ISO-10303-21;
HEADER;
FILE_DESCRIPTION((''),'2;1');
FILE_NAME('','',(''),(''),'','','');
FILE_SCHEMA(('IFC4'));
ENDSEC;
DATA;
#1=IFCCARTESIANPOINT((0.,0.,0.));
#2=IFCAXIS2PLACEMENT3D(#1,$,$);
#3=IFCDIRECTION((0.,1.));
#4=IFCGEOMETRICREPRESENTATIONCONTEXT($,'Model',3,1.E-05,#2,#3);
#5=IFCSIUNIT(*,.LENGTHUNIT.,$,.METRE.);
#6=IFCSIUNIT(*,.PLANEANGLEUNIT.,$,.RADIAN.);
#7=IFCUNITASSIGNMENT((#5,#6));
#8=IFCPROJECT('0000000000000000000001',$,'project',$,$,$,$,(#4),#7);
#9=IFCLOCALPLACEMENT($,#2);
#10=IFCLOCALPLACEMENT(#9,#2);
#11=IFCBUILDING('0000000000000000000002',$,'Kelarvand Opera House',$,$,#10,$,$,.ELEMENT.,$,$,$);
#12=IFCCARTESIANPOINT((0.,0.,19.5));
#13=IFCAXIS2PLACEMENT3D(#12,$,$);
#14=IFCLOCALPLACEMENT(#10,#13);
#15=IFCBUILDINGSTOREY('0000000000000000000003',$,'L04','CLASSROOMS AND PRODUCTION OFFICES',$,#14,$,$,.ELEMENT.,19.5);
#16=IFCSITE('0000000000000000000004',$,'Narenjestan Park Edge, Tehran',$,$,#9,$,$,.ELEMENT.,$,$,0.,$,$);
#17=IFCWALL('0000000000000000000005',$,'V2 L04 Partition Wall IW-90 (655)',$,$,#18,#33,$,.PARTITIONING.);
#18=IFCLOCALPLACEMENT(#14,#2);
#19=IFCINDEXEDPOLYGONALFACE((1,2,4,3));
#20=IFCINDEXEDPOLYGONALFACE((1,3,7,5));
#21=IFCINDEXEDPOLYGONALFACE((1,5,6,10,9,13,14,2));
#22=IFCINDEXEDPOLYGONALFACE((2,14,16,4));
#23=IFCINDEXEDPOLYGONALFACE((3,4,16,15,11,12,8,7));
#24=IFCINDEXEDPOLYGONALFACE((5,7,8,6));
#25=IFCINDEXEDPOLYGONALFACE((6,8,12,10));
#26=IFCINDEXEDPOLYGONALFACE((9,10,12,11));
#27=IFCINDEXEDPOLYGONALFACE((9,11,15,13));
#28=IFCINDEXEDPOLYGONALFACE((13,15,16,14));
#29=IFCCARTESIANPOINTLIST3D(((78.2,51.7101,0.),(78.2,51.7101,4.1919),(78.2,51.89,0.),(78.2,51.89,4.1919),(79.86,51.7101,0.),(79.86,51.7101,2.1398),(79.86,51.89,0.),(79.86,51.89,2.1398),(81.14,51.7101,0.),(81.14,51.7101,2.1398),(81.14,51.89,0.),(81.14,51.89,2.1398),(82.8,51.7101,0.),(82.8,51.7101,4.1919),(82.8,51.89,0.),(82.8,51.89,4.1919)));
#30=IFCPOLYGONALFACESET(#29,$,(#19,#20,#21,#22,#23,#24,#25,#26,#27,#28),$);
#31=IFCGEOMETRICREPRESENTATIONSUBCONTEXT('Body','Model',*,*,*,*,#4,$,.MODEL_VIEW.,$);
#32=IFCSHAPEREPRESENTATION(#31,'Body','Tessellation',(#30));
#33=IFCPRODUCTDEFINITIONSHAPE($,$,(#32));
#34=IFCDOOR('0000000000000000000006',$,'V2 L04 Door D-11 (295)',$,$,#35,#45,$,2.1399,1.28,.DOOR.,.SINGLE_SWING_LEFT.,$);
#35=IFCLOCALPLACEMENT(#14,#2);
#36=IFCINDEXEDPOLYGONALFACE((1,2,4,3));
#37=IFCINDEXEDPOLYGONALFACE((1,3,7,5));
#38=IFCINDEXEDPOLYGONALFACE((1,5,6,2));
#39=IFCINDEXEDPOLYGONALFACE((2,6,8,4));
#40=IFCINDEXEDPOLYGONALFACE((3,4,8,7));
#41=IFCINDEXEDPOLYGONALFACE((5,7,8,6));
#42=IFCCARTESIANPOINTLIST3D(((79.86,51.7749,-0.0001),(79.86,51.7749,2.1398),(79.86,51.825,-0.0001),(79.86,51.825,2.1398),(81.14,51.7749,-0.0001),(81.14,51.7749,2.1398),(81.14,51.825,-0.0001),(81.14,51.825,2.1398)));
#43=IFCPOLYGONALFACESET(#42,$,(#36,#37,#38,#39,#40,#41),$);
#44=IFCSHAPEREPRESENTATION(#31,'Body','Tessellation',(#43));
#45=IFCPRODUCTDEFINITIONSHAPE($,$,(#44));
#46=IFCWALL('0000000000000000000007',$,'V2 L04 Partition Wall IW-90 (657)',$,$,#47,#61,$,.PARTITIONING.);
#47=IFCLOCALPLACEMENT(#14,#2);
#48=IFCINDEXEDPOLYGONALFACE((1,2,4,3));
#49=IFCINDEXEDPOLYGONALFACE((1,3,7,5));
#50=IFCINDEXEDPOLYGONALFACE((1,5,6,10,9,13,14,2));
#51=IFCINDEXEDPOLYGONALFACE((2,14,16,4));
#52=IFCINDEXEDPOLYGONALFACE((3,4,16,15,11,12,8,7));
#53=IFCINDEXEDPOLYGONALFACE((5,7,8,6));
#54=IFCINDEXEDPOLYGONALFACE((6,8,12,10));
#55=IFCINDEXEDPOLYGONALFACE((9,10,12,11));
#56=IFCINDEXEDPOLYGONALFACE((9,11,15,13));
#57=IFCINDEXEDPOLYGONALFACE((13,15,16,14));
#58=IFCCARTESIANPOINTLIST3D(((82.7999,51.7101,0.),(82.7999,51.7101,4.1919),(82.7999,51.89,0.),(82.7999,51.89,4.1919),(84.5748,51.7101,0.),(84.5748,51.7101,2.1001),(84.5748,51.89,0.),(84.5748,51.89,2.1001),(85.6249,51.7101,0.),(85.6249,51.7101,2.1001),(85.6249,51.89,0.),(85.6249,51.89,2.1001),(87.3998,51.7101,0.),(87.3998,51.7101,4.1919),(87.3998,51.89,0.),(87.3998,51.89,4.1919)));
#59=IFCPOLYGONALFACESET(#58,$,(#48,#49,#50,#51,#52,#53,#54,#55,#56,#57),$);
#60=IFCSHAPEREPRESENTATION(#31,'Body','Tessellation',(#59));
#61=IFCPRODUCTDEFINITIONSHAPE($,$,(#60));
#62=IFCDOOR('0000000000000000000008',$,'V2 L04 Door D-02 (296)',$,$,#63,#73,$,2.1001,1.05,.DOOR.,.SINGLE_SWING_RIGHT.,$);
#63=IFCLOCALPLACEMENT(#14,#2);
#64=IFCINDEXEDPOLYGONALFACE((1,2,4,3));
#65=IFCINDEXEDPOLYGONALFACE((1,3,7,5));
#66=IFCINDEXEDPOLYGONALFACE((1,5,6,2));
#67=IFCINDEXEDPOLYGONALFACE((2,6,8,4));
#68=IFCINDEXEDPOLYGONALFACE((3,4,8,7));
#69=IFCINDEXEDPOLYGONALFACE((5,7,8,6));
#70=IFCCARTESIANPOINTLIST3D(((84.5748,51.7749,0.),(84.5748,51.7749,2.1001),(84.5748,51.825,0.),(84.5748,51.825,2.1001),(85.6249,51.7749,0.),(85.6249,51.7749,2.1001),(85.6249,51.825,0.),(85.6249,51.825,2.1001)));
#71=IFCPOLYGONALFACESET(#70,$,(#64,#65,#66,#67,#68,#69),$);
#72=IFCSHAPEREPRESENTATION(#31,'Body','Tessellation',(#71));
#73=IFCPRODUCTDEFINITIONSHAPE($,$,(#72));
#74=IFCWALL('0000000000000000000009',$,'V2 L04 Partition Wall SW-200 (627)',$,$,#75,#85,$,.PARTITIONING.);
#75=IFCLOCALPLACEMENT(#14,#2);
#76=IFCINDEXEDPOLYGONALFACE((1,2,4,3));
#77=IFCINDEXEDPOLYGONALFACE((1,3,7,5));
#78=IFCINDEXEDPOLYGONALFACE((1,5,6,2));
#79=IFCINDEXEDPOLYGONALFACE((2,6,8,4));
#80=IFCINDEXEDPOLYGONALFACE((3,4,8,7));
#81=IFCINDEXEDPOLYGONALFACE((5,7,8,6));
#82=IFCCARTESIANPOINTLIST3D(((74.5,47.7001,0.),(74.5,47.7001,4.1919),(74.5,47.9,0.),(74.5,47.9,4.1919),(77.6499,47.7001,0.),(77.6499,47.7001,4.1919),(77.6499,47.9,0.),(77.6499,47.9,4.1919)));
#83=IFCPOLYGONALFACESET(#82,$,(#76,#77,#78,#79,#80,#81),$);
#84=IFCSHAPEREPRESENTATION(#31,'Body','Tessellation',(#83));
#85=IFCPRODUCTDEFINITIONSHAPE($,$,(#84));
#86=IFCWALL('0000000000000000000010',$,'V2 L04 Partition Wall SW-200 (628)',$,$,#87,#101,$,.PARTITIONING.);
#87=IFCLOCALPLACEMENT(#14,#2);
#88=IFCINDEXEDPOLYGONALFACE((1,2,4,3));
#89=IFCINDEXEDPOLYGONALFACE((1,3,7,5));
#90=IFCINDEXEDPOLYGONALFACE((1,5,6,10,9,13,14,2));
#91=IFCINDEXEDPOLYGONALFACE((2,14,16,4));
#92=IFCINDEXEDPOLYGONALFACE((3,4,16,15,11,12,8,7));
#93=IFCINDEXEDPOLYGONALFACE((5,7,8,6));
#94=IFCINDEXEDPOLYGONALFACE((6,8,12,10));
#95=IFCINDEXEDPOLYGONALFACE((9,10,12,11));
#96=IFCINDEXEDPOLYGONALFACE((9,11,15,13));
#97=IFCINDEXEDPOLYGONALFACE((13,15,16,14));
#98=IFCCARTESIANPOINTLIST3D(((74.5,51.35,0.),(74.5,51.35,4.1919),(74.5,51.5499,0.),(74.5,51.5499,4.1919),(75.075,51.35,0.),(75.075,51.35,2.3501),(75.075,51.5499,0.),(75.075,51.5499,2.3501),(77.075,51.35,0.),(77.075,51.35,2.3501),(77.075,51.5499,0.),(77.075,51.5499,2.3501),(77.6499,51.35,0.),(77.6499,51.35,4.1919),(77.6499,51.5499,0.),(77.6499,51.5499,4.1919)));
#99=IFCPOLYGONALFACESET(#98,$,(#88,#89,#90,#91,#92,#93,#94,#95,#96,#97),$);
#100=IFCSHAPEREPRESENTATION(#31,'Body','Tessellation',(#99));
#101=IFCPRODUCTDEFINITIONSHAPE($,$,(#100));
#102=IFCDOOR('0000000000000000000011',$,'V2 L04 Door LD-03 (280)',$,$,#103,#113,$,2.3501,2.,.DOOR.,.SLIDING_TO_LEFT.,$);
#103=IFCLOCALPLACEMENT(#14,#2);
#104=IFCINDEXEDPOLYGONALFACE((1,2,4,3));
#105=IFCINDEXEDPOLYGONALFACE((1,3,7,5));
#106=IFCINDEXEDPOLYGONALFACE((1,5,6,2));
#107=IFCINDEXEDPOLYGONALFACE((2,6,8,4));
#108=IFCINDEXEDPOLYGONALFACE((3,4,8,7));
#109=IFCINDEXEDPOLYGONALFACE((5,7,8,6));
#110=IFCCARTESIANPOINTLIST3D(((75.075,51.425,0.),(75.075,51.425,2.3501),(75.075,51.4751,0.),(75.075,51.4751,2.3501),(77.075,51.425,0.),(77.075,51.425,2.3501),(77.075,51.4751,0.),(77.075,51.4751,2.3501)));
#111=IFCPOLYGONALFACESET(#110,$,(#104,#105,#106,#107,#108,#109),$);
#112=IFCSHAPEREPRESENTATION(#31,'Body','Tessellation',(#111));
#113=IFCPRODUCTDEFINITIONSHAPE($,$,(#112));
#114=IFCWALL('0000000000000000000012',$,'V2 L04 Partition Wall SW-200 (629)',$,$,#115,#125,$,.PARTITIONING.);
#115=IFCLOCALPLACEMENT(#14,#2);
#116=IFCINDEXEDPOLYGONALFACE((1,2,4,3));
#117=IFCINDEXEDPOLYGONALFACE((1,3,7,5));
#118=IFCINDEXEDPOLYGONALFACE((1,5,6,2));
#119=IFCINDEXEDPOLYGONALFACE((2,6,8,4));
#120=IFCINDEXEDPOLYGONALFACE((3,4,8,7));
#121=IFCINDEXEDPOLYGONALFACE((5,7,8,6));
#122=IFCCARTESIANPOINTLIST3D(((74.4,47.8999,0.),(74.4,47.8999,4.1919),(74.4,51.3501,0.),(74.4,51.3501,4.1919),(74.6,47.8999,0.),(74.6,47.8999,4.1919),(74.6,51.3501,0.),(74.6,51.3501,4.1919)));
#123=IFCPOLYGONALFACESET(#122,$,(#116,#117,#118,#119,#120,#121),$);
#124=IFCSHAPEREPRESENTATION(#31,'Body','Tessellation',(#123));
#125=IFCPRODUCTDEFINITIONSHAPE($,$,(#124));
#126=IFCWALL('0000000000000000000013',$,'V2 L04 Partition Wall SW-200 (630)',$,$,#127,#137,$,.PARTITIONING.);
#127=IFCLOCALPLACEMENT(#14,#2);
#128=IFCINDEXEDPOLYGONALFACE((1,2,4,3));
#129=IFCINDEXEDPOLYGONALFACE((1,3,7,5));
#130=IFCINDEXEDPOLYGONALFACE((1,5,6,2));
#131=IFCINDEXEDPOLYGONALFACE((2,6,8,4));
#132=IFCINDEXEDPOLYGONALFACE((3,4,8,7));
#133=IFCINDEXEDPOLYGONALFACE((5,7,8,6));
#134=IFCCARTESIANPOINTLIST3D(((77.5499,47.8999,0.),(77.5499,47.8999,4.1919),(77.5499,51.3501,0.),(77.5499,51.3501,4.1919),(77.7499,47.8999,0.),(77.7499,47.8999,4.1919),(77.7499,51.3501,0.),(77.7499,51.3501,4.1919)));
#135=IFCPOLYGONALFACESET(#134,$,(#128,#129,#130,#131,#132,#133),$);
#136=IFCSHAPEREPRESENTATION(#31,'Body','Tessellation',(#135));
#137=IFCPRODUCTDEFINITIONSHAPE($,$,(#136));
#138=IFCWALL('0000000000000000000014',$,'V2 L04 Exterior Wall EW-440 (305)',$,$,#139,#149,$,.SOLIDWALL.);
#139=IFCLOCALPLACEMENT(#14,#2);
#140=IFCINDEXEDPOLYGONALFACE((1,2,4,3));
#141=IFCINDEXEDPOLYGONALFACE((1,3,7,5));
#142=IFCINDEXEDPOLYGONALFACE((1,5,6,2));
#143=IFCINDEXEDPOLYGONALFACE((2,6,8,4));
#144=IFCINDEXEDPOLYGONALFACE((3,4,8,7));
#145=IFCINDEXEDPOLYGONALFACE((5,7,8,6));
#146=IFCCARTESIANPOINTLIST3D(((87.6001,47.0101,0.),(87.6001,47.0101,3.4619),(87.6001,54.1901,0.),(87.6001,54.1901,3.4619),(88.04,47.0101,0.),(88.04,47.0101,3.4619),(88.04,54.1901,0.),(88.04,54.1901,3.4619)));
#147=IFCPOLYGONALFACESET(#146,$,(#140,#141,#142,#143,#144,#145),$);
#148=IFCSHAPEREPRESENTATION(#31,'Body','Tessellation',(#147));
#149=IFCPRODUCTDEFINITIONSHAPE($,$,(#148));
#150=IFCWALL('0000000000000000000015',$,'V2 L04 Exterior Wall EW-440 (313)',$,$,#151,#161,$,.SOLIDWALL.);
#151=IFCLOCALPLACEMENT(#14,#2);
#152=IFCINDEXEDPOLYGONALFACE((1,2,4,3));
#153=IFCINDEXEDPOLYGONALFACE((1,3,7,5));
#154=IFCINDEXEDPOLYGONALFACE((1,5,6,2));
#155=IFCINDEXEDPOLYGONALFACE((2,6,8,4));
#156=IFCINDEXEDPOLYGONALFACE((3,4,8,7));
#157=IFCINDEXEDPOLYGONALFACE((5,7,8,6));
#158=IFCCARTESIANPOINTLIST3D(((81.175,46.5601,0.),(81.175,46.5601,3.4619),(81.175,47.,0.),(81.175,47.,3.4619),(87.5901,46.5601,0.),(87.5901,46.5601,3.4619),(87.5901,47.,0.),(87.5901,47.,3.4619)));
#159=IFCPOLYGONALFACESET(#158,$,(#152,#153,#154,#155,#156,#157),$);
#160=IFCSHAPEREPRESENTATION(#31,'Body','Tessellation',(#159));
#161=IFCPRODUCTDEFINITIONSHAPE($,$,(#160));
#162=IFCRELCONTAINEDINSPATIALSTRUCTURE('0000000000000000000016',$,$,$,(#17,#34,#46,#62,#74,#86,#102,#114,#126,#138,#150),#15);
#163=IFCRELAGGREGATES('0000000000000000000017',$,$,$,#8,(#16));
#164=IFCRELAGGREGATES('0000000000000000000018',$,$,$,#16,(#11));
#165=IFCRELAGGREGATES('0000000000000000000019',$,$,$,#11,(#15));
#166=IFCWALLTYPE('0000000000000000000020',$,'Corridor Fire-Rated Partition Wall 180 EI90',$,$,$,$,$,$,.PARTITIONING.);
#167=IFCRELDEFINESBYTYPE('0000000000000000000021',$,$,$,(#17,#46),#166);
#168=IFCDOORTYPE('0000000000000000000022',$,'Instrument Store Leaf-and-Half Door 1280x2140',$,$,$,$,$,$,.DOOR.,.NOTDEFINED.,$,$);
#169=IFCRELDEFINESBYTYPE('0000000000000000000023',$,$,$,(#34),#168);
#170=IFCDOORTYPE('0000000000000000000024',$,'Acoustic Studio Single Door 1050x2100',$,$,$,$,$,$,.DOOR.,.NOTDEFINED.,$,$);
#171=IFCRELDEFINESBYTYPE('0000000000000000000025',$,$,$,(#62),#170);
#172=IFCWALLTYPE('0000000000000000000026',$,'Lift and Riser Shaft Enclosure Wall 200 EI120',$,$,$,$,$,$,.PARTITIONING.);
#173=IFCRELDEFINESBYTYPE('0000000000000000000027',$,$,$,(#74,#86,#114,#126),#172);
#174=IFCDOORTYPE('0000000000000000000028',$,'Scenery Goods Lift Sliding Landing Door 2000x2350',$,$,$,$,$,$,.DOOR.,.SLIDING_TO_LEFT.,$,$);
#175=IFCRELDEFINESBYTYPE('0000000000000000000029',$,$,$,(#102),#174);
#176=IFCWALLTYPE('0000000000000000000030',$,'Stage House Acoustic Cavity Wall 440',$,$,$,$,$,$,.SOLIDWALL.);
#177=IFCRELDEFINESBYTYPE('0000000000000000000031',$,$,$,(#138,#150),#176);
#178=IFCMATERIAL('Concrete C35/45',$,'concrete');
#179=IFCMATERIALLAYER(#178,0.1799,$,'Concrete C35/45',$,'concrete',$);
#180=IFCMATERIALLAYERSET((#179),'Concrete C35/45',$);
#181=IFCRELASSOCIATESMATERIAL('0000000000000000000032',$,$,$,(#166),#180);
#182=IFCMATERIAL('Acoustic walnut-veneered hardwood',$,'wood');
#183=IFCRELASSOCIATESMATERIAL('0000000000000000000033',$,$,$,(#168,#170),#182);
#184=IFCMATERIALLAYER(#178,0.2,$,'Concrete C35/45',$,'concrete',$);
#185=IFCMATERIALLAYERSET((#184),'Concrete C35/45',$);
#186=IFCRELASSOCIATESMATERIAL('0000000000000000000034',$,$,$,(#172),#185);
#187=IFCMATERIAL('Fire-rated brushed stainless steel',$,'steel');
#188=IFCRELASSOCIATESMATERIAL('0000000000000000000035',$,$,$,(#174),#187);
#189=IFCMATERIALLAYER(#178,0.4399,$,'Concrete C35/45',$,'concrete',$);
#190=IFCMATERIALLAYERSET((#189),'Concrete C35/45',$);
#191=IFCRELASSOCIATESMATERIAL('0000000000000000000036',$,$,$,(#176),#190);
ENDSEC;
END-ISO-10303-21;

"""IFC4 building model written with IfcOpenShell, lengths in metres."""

from ifc_helpers import new_model, si_unit, direction, frame, frame_2d, origin, place, context, subcontext, project, spatial, rectangle, extrude, material, layer, layer_set, type_object, element, fill, save


model = new_model("IFC4")

# Units and contexts
model_context = context("Model", 3, precision=1e-05, world=origin(), true_north=direction((0.0, 1.0)))
body_context = subcontext(model_context, "Body", "Model", "MODEL_VIEW")
ifc_project = project(units=[si_unit("LENGTHUNIT", "METRE"), si_unit("PLANEANGLEUNIT", "RADIAN")], contexts=[model_context])

# Site, building, storey
site_placement = place(None, origin())
site = spatial("IfcSite", under=ifc_project, at=site_placement, Name="Narenjestan Park Edge, Tehran", CompositionType="ELEMENT", RefElevation=0.0)
building_placement = place(site_placement, origin())
building = spatial("IfcBuilding", under=site, at=building_placement, Name="Kelarvand Opera House", CompositionType="ELEMENT")
storey_placement = place(building_placement, frame((0.0, 0.0, 19.5)))
storey = spatial("IfcBuildingStorey", under=building, at=storey_placement, Name="L04", Description="CLASSROOMS AND PRODUCTION OFFICES", CompositionType="ELEMENT", Elevation=19.5)

# Walls, openings, doors
ifc_material_1 = material(Name="Concrete C35/45", Category="concrete")
ifc_layer_1 = layer(ifc_material_1, 0.1799, Name="Concrete C35/45", Category="concrete")
ifc_layer_set_1 = layer_set([ifc_layer_1], Name="Concrete C35/45")
wall_type_1 = type_object("IfcWallType", Name="Corridor Fire-Rated Partition Wall 180 EI90", PredefinedType="PARTITIONING", material=ifc_layer_set_1)
wall_1_placement = place(storey_placement, frame((78.2, 51.8, 0.0), z_axis=(0.0, 0.0, 1.0), x_axis=(1.0, 0.0, 0.0)))
wall_1 = element("IfcWall", 1, at=wall_1_placement, inside=storey, type_object=wall_type_1, Name="V2 L04 Partition Wall IW-90 (655)", PredefinedType="PARTITIONING", context=body_context, shape_type="SweptSolid", body=[
    extrude(rectangle(XDim=4.6001, YDim=0.1799, at=frame_2d((2.3, 0.0))), origin(), (0.0, 0.0, 1.0), 4.1919),
])
opening_1_placement = place(wall_1_placement, frame((1.6599, 0.0, 0.0)))
opening_1 = element("IfcOpeningElement", 2, at=opening_1_placement, cuts=wall_1, PredefinedType="OPENING", context=body_context, shape_type="SweptSolid", body=[
    extrude(rectangle(XDim=1.28, YDim=2.1399, at=frame_2d((0.6401, 1.0698))), frame((0.0, 0.1001, 0.0), z_axis=(0.0, -1.0, 0.0), x_axis=(1.0, 0.0, 0.0)), (0.0, 0.0, 1.0), 0.2),
])
ifc_material_2 = material(Name="Acoustic walnut-veneered hardwood", Category="wood")
door_type_1 = type_object("IfcDoorType", Name="Instrument Store Leaf-and-Half Door 1280x2140", OperationType="NOTDEFINED", PredefinedType="DOOR", material=ifc_material_2)
door_1_placement = place(opening_1_placement, origin())
door_1 = element("IfcDoor", 3, at=door_1_placement, inside=storey, type_object=door_type_1, Name="V2 L04 Door D-11 (295)", OperationType="SINGLE_SWING_LEFT", OverallHeight=2.1399, OverallWidth=1.28, PredefinedType="DOOR", context=body_context, shape_type="SweptSolid", body=[
    extrude(rectangle(XDim=1.28, YDim=2.1399, at=frame_2d((0.6401, 1.0698))), frame((0.0, 0.0249, 0.0), z_axis=(0.0, -1.0, 0.0), x_axis=(1.0, 0.0, 0.0)), (0.0, 0.0, 1.0), 0.05),
])
fill(opening_1, door_1)
wall_2_placement = place(storey_placement, frame((82.8, 51.8, 0.0), z_axis=(0.0, 0.0, 1.0), x_axis=(1.0, 0.0, 0.0)))
wall_2 = element("IfcWall", 4, at=wall_2_placement, inside=storey, type_object=wall_type_1, Name="V2 L04 Partition Wall IW-90 (657)", PredefinedType="PARTITIONING", context=body_context, shape_type="SweptSolid", body=[
    extrude(rectangle(XDim=4.5999, YDim=0.1799, at=frame_2d((2.2998, 0.0))), origin(), (0.0, 0.0, 1.0), 4.1919),
])
opening_2_placement = place(wall_2_placement, frame((1.7749, 0.0, 0.0)))
opening_2 = element("IfcOpeningElement", 5, at=opening_2_placement, cuts=wall_2, PredefinedType="OPENING", context=body_context, shape_type="SweptSolid", body=[
    extrude(rectangle(XDim=1.05, YDim=2.1001, at=frame_2d((0.5249, 1.05))), frame((0.0, 0.1001, 0.0), z_axis=(0.0, -1.0, 0.0), x_axis=(1.0, 0.0, 0.0)), (0.0, 0.0, 1.0), 0.2),
])
door_type_2 = type_object("IfcDoorType", Name="Acoustic Studio Single Door 1050x2100", OperationType="NOTDEFINED", PredefinedType="DOOR", material=ifc_material_2)
door_2_placement = place(opening_2_placement, origin())
door_2 = element("IfcDoor", 6, at=door_2_placement, inside=storey, type_object=door_type_2, Name="V2 L04 Door D-02 (296)", OperationType="SINGLE_SWING_RIGHT", OverallHeight=2.1001, OverallWidth=1.05, PredefinedType="DOOR", context=body_context, shape_type="SweptSolid", body=[
    extrude(rectangle(XDim=1.05, YDim=2.1001, at=frame_2d((0.5249, 1.05))), frame((0.0, 0.0249, 0.0), z_axis=(0.0, -1.0, 0.0), x_axis=(1.0, 0.0, 0.0)), (0.0, 0.0, 1.0), 0.05),
])
fill(opening_2, door_2)

# Wall
ifc_layer_2 = layer(ifc_material_1, 0.2, Name="Concrete C35/45", Category="concrete")
ifc_layer_set_2 = layer_set([ifc_layer_2], Name="Concrete C35/45")
wall_type_2 = type_object("IfcWallType", Name="Lift and Riser Shaft Enclosure Wall 200 EI120", PredefinedType="PARTITIONING", material=ifc_layer_set_2)
wall_3_placement = place(storey_placement, frame((74.5, 47.8, 0.0), z_axis=(0.0, 0.0, 1.0), x_axis=(1.0, 0.0, 0.0)))
element("IfcWall", 7, at=wall_3_placement, inside=storey, type_object=wall_type_2, Name="V2 L04 Partition Wall SW-200 (627)", PredefinedType="PARTITIONING", context=body_context, shape_type="SweptSolid", body=[
    extrude(rectangle(XDim=3.1499, YDim=0.2, at=frame_2d((1.575, 0.0))), origin(), (0.0, 0.0, 1.0), 4.1919),
])

# Wall, opening, door
wall_4_placement = place(storey_placement, frame((77.6499, 51.45, 0.0), z_axis=(0.0, 0.0, 1.0), x_axis=(-1.0, 0.0, 0.0)))
wall_4 = element("IfcWall", 8, at=wall_4_placement, inside=storey, type_object=wall_type_2, Name="V2 L04 Partition Wall SW-200 (628)", PredefinedType="PARTITIONING", context=body_context, shape_type="SweptSolid", body=[
    extrude(rectangle(XDim=3.1499, YDim=0.2, at=frame_2d((1.575, 0.0))), origin(), (0.0, 0.0, 1.0), 4.1919),
])
opening_3_placement = place(wall_4_placement, frame((0.575, 0.0, 0.0)))
opening_3 = element("IfcOpeningElement", 9, at=opening_3_placement, cuts=wall_4, PredefinedType="OPENING", context=body_context, shape_type="SweptSolid", body=[
    extrude(rectangle(XDim=2.0, YDim=2.3501, at=frame_2d((1.0, 1.175))), frame((0.0, 0.1099, 0.0), z_axis=(0.0, -1.0, 0.0), x_axis=(1.0, 0.0, 0.0)), (0.0, 0.0, 1.0), 0.22),
])
ifc_material_3 = material(Name="Fire-rated brushed stainless steel", Category="steel")
door_type_3 = type_object("IfcDoorType", Name="Scenery Goods Lift Sliding Landing Door 2000x2350", OperationType="SLIDING_TO_LEFT", PredefinedType="DOOR", material=ifc_material_3)
door_3_placement = place(opening_3_placement, origin())
door_3 = element("IfcDoor", 10, at=door_3_placement, inside=storey, type_object=door_type_3, Name="V2 L04 Door LD-03 (280)", OperationType="SLIDING_TO_LEFT", OverallHeight=2.3501, OverallWidth=2.0, PredefinedType="DOOR", context=body_context, shape_type="SweptSolid", body=[
    extrude(rectangle(XDim=2.0, YDim=2.3501, at=frame_2d((1.0, 1.175))), frame((0.0, 0.0249, 0.0), z_axis=(0.0, -1.0, 0.0), x_axis=(1.0, 0.0, 0.0)), (0.0, 0.0, 1.0), 0.05),
])
fill(opening_3, door_3)

# Walls
for number, where, z_axis, x_axis, name in (
    (11, (74.5, 47.8999, 0.0), (0.0, 0.0, 1.0), (0.0, 1.0, 0.0), "V2 L04 Partition Wall SW-200 (629)"),
    (12, (77.6499, 51.3501, 0.0), (0.0, 0.0, 1.0), (0.0, -1.0, 0.0), "V2 L04 Partition Wall SW-200 (630)"),
):
    element("IfcWall", number, at=place(storey_placement, frame(where, z_axis=z_axis, x_axis=x_axis)), inside=storey, type_object=wall_type_2, Name=name, PredefinedType="PARTITIONING", context=body_context, shape_type="SweptSolid", body=[
        extrude(rectangle(XDim=3.4502, YDim=0.2, at=frame_2d((1.7251, 0.0))), origin(), (0.0, 0.0, 1.0), 4.1919),
    ])
ifc_layer_3 = layer(ifc_material_1, 0.4399, Name="Concrete C35/45", Category="concrete")
ifc_layer_set_3 = layer_set([ifc_layer_3], Name="Concrete C35/45")
wall_type_3 = type_object("IfcWallType", Name="Stage House Acoustic Cavity Wall 440", PredefinedType="SOLIDWALL", material=ifc_layer_set_3)
wall_5_placement = place(storey_placement, frame((87.8201, 54.1899, 0.0), z_axis=(0.0, 0.0, 1.0), x_axis=(0.0, -1.0, 0.0)))
element("IfcWall", 13, at=wall_5_placement, inside=storey, type_object=wall_type_3, Name="V2 L04 Exterior Wall EW-440 (305)", PredefinedType="SOLIDWALL", context=body_context, shape_type="SweptSolid", body=[
    extrude(rectangle(XDim=7.1799, YDim=0.4399, at=frame_2d((3.5898, 0.0))), origin(), (0.0, 0.0, 1.0), 3.4619),
])
wall_6_placement = place(storey_placement, frame((87.5901, 46.78, 0.0), z_axis=(0.0, 0.0, 1.0), x_axis=(-1.0, 0.0, 0.0)))
element("IfcWall", 14, at=wall_6_placement, inside=storey, type_object=wall_type_3, Name="V2 L04 Exterior Wall EW-440 (313)", PredefinedType="SOLIDWALL", context=body_context, shape_type="SweptSolid", body=[
    extrude(rectangle(XDim=6.415, YDim=0.4399, at=frame_2d((3.2075, 0.0))), origin(), (0.0, 0.0, 1.0), 3.4619),
])

save(model, "model.ifc")
